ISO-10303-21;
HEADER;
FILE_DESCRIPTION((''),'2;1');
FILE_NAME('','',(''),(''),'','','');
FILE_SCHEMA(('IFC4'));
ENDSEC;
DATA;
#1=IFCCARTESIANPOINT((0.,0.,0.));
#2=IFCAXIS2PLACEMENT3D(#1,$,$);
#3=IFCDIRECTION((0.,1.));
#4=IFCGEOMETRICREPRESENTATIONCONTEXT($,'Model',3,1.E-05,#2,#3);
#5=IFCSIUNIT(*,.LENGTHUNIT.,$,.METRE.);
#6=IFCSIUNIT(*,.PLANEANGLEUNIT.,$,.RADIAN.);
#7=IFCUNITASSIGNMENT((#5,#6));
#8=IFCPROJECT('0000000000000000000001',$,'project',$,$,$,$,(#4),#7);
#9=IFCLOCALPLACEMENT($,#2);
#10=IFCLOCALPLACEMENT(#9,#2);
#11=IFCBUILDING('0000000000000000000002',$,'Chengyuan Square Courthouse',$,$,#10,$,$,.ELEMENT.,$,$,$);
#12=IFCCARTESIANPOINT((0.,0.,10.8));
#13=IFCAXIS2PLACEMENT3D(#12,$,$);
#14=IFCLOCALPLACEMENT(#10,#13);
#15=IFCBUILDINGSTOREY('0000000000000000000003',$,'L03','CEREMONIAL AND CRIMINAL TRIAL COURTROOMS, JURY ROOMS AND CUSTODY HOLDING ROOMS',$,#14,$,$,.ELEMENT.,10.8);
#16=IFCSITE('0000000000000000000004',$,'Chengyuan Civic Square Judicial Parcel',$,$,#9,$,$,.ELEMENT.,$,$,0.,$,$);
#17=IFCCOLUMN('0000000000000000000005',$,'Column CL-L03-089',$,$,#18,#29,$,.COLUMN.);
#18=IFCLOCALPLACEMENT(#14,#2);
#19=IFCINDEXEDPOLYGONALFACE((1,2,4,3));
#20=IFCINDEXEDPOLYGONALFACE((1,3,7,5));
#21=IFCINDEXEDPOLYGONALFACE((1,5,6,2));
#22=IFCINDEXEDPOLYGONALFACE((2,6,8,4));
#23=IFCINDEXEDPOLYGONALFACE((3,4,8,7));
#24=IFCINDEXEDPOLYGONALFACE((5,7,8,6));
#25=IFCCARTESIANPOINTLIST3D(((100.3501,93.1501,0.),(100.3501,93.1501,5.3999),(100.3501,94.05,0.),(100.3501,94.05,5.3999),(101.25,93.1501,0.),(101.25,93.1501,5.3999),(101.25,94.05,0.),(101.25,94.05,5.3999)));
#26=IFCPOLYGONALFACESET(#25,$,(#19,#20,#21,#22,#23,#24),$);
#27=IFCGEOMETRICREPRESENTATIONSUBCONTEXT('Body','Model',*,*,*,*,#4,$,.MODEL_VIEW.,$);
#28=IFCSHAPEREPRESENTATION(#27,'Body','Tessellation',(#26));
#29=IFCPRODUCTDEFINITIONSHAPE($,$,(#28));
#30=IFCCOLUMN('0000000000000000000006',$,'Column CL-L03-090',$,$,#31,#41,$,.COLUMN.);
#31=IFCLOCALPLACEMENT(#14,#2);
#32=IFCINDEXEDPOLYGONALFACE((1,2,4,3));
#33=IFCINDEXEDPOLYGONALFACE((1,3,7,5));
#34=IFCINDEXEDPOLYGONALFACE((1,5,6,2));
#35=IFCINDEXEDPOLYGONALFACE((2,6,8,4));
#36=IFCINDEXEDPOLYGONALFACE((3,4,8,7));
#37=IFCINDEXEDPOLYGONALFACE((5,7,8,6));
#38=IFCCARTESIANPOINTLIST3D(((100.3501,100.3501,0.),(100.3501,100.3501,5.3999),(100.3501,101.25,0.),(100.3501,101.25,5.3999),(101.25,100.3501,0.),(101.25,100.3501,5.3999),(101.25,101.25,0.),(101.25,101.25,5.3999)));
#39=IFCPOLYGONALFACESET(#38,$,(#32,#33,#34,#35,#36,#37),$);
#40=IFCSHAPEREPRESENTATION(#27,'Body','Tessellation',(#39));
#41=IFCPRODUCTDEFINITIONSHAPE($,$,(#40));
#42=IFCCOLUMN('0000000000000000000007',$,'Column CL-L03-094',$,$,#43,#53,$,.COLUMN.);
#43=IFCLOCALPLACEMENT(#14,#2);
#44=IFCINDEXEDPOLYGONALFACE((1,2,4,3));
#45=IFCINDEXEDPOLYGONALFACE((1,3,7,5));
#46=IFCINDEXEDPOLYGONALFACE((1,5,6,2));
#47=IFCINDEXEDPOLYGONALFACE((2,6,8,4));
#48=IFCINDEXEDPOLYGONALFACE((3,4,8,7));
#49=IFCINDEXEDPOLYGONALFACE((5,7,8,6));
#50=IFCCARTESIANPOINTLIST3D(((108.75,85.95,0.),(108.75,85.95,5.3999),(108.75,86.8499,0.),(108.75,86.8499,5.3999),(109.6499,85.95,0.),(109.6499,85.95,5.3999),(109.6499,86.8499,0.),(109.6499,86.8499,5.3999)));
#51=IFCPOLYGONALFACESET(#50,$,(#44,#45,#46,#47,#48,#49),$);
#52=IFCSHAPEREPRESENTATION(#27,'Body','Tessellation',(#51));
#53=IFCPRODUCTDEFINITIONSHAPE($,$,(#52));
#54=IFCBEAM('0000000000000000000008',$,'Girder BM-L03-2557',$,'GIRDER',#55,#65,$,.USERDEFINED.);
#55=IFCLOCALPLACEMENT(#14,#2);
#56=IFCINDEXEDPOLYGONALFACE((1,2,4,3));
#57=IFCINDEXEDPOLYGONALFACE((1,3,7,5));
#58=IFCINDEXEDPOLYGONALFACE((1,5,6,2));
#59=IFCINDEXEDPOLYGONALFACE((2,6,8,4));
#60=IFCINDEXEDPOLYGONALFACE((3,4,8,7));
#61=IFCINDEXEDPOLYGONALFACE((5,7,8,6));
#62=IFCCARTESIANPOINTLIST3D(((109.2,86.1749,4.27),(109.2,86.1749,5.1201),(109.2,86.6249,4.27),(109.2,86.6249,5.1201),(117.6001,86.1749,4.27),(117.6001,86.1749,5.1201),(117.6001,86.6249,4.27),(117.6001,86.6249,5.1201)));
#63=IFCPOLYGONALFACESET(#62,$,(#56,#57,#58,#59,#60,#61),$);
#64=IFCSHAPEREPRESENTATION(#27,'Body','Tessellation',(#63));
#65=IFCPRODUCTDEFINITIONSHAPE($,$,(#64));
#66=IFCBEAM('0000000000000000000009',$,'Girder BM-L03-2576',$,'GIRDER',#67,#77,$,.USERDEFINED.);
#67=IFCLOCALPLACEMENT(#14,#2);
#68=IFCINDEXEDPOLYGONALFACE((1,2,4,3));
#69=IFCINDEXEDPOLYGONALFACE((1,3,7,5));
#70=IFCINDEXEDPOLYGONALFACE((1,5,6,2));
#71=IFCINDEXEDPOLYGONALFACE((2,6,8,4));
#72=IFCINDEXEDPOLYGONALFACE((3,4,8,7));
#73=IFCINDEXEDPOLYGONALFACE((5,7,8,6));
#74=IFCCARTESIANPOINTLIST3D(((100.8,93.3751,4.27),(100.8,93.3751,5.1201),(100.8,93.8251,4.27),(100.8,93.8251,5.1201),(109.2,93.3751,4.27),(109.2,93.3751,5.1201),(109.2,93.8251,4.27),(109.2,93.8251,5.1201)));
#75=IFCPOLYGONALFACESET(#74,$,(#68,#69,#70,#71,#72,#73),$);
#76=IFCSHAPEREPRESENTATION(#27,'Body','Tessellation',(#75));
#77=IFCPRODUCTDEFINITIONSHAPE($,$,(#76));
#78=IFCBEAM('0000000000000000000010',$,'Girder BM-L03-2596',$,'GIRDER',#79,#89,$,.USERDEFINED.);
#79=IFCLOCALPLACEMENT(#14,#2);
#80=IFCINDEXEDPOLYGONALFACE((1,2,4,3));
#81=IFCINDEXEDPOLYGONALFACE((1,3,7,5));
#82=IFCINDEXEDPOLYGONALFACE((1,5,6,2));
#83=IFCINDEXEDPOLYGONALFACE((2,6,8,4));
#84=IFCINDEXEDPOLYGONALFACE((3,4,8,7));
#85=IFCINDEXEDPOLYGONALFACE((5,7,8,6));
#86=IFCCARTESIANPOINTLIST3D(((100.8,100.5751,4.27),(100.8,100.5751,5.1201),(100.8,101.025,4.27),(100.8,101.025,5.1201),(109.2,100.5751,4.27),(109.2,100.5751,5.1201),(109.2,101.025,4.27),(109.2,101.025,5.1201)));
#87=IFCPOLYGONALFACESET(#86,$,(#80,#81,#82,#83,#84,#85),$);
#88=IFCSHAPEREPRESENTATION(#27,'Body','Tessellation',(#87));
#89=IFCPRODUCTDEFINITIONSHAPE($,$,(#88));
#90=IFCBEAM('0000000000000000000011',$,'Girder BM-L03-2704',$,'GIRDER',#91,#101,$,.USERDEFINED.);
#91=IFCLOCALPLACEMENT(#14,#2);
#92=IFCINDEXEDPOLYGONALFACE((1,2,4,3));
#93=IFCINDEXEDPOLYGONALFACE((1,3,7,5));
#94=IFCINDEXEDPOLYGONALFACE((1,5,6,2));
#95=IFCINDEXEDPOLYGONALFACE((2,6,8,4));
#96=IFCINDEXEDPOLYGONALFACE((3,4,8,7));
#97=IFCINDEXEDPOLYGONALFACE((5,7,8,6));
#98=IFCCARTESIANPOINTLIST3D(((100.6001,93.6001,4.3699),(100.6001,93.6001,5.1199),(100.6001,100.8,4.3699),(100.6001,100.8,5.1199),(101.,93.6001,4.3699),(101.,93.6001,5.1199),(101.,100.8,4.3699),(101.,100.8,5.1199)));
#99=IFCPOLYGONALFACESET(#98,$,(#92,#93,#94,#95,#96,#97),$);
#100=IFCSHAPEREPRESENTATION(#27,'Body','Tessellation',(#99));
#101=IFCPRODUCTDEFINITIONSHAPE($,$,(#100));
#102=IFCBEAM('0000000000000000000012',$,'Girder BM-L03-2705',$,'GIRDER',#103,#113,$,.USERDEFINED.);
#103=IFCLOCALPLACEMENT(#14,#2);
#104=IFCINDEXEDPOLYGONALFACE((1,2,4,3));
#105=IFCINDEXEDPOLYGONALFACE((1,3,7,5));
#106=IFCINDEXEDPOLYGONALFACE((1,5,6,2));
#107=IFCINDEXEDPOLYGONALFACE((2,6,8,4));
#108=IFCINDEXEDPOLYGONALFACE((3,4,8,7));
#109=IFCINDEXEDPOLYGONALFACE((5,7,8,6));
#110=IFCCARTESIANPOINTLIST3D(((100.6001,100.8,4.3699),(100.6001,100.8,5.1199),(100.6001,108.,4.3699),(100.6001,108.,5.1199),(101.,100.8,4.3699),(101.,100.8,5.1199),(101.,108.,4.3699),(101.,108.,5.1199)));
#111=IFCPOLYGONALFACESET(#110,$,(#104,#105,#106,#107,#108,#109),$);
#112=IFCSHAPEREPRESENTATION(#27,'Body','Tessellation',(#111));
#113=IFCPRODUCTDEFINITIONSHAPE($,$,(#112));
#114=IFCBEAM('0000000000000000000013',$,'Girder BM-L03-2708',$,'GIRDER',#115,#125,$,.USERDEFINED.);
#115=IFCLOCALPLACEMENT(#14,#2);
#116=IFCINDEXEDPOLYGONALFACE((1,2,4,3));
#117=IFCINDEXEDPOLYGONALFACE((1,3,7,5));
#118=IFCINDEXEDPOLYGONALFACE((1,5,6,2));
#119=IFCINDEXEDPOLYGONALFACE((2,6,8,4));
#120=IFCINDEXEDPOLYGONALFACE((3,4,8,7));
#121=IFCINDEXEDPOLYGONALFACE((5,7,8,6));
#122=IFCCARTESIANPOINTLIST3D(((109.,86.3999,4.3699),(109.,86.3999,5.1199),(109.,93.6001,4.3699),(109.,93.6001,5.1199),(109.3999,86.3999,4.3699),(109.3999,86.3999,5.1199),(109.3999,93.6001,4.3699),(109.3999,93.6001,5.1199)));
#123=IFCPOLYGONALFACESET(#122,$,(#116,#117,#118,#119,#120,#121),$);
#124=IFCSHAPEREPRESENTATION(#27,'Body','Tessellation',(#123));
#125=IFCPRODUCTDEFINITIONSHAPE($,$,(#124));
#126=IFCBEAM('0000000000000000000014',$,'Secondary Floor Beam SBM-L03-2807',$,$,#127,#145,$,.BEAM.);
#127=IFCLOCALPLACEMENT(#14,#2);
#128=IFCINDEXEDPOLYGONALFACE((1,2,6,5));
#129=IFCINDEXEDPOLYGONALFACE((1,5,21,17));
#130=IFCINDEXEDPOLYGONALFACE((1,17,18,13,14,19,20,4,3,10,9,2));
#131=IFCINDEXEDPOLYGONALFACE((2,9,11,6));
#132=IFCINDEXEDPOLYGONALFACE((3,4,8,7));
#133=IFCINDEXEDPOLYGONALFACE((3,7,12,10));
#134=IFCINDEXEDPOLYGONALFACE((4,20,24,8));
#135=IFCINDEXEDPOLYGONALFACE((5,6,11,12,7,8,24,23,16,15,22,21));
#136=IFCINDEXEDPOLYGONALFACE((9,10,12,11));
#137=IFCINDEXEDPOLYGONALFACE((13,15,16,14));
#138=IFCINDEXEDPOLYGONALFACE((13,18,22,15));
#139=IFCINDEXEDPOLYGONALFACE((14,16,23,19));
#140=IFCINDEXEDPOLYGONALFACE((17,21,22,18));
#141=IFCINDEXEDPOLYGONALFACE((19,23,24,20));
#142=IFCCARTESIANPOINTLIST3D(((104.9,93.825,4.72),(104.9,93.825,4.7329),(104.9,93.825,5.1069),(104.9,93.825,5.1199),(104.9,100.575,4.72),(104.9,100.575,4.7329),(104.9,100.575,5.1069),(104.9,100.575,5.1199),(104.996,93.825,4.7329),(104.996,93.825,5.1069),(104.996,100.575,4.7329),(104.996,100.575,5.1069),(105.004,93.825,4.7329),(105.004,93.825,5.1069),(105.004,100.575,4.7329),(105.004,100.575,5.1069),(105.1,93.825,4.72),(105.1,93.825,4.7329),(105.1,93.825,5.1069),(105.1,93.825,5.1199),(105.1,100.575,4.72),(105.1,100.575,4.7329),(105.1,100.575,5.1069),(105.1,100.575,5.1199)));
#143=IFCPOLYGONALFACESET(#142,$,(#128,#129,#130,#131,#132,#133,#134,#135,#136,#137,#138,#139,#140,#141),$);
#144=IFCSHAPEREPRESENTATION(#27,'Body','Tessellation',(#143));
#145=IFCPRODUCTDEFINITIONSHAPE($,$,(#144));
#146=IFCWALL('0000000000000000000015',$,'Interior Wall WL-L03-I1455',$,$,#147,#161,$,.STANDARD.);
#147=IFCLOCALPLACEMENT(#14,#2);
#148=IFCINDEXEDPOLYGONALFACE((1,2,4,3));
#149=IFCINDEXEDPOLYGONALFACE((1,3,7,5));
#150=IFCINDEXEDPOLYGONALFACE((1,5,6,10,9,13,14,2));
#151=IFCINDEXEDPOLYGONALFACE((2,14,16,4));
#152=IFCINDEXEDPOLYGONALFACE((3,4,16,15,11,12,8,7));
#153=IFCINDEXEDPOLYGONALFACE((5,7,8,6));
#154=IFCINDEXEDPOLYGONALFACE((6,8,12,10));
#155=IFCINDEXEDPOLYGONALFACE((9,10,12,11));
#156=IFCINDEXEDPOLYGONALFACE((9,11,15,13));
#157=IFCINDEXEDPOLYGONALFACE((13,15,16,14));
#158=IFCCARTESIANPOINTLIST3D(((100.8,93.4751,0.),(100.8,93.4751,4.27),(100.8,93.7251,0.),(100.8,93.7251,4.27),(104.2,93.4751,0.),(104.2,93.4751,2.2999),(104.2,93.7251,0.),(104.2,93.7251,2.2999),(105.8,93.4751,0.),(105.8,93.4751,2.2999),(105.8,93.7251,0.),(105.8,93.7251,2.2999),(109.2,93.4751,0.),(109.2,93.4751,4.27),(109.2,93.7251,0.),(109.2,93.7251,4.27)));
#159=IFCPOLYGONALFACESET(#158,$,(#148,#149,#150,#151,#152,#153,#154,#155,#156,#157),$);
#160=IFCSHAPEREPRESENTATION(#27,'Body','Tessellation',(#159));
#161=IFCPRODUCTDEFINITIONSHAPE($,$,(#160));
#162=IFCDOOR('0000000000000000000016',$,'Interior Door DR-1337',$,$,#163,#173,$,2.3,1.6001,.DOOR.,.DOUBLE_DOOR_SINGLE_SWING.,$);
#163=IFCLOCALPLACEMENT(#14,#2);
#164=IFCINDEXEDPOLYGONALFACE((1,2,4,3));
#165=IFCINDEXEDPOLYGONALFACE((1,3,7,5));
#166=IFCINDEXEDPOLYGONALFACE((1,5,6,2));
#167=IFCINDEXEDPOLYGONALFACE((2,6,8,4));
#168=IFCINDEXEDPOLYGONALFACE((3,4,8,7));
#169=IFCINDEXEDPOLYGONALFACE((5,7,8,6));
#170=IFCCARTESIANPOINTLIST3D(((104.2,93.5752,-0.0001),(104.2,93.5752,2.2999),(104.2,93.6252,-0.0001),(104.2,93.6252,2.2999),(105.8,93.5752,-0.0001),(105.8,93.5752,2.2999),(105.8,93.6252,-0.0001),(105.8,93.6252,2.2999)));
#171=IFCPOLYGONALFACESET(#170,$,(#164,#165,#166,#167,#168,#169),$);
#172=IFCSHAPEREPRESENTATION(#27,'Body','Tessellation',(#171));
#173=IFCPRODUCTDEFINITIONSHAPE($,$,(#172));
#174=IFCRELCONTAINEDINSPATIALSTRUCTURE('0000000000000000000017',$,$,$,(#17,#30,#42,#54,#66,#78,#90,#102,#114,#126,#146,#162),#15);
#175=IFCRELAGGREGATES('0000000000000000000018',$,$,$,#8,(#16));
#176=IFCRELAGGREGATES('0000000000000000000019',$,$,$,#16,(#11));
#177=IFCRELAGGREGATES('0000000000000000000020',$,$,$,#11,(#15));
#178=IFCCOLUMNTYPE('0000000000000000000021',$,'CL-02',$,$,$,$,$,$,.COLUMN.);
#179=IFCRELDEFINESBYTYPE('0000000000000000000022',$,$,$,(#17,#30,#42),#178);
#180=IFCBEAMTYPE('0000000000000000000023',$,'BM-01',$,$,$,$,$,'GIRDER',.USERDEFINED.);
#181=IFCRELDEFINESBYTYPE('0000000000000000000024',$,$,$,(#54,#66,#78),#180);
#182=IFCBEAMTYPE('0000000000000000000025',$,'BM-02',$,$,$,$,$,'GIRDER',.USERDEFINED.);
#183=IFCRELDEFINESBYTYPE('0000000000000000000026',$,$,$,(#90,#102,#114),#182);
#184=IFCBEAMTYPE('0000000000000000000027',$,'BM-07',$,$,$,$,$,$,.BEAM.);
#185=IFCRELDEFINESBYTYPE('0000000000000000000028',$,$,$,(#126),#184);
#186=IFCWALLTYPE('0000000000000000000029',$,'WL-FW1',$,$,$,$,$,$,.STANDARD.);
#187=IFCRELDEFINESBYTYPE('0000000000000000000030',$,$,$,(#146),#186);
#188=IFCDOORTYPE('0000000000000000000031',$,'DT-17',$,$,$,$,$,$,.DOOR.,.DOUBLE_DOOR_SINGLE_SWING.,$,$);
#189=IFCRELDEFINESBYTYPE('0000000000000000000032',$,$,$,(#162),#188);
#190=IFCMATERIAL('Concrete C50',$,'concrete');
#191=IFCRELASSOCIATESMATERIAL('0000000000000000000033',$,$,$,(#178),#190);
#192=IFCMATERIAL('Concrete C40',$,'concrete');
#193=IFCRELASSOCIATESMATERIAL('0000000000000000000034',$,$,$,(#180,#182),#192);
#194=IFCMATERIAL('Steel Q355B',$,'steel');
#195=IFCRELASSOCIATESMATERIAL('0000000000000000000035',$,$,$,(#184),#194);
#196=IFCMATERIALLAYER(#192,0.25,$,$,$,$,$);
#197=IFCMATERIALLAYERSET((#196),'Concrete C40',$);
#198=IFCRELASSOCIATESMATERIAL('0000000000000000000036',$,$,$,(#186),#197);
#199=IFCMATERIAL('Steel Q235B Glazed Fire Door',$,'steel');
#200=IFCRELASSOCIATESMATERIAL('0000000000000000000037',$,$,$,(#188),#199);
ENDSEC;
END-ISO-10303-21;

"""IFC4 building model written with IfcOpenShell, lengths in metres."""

from ifc_helpers import new_model, si_unit, direction, frame, frame_2d, origin, origin_2d, place, context, subcontext, project, spatial, rectangle, i_section, extrude, material, layer, layer_set, material_profile, profile_set, type_object, element, fill, save


model = new_model("IFC4")

# Units and contexts
model_context = context("Model", 3, precision=1e-05, world=origin(), true_north=direction((0.0, 1.0)))
body_context = subcontext(model_context, "Body", "Model", "MODEL_VIEW")
ifc_project = project(units=[si_unit("LENGTHUNIT", "METRE"), si_unit("PLANEANGLEUNIT", "RADIAN")], contexts=[model_context])

# Site, building, storey
site_placement = place(None, origin())
site = spatial("IfcSite", under=ifc_project, at=site_placement, Name="Chengyuan Civic Square Judicial Parcel", CompositionType="ELEMENT", RefElevation=0.0)
building_placement = place(site_placement, origin())
building = spatial("IfcBuilding", under=site, at=building_placement, Name="Chengyuan Square Courthouse", CompositionType="ELEMENT")
storey_placement = place(building_placement, frame((0.0, 0.0, 10.8)))
storey = spatial("IfcBuildingStorey", under=building, at=storey_placement, Name="L03", Description="CEREMONIAL AND CRIMINAL TRIAL COURTROOMS, JURY ROOMS AND CUSTODY HOLDING ROOMS", CompositionType="ELEMENT", Elevation=10.8)

# Columns
ifc_material_1 = material(Name="Concrete C50", Category="concrete")
ifc_material_profile_1 = material_profile(ifc_material_1, rectangle(XDim=0.8999, YDim=0.8999, at=origin_2d()), Name="RC-COL-900x900")
ifc_profile_set_1 = profile_set([ifc_material_profile_1], Name="Concrete C50")
column_type = type_object("IfcColumnType", Name="CL-02", PredefinedType="COLUMN", material=ifc_profile_set_1)
for number, where, z_axis, x_axis, name in (
    (1, (100.8, 93.6001, 0.0), (0.0, 0.0, 1.0), (1.0, 0.0, 0.0), "Column CL-L03-089"),
    (2, (100.8, 100.8, 0.0), (0.0, 0.0, 1.0), (1.0, 0.0, 0.0), "Column CL-L03-090"),
    (3, (109.2, 86.3999, 0.0), (0.0, 0.0, 1.0), (1.0, 0.0, 0.0), "Column CL-L03-094"),
):
    element("IfcColumn", number, at=place(storey_placement, frame(where, z_axis=z_axis, x_axis=x_axis)), inside=storey, type_object=column_type, Name=name, PredefinedType="COLUMN", context=body_context, shape_type="SweptSolid", body=[
        extrude(rectangle(XDim=0.8999, YDim=0.8999, at=origin_2d()), origin(), (0.0, 0.0, 1.0), 5.3999),
    ])

# Beams
ifc_material_2 = material(Name="Concrete C40", Category="concrete")
ifc_material_profile_2 = material_profile(ifc_material_2, rectangle(XDim=0.45, YDim=0.8501, at=origin_2d()), Name="RC-BM-450x850")
ifc_profile_set_2 = profile_set([ifc_material_profile_2], Name="Concrete C40")
beam_type_1 = type_object("IfcBeamType", Name="BM-01", ElementType="GIRDER", PredefinedType="USERDEFINED", material=ifc_profile_set_2)
beam_1_placement = place(storey_placement, frame((109.2, 86.3999, 4.6951), z_axis=(1.0, 0.0, 0.0), x_axis=(0.0, 1.0, 0.0)))
element("IfcBeam", 4, at=beam_1_placement, inside=storey, type_object=beam_type_1, Name="Girder BM-L03-2557", ObjectType="GIRDER", PredefinedType="USERDEFINED", context=body_context, shape_type="SweptSolid", body=[
    extrude(rectangle(XDim=0.45, YDim=0.8501, at=origin_2d()), origin(), (0.0, 0.0, 1.0), 8.4001),
])
for number, where, z_axis, x_axis, name in (
    (5, (100.8, 93.6001, 4.6951), (1.0, 0.0, 0.0), (0.0, 1.0, 0.0), "Girder BM-L03-2576"),
    (6, (100.8, 100.8, 4.6951), (1.0, 0.0, 0.0), (0.0, 1.0, 0.0), "Girder BM-L03-2596"),
):
    element("IfcBeam", number, at=place(storey_placement, frame(where, z_axis=z_axis, x_axis=x_axis)), inside=storey, type_object=beam_type_1, Name=name, ObjectType="GIRDER", PredefinedType="USERDEFINED", context=body_context, shape_type="SweptSolid", body=[
        extrude(rectangle(XDim=0.45, YDim=0.8501, at=origin_2d()), origin(), (0.0, 0.0, 1.0), 8.3999),
    ])
ifc_material_profile_3 = material_profile(ifc_material_2, rectangle(XDim=0.3999, YDim=0.75, at=origin_2d()), Name="RC-BM-400x750")
ifc_profile_set_3 = profile_set([ifc_material_profile_3], Name="Concrete C40")
beam_type_2 = type_object("IfcBeamType", Name="BM-02", ElementType="GIRDER", PredefinedType="USERDEFINED", material=ifc_profile_set_3)
for number, where, z_axis, x_axis, name in (
    (7, (100.8, 93.6001, 4.7449), (0.0, 1.0, 0.0), (-1.0, 0.0, 0.0), "Girder BM-L03-2704"),
    (8, (100.8, 100.8, 4.7449), (0.0, 1.0, 0.0), (-1.0, 0.0, 0.0), "Girder BM-L03-2705"),
):
    element("IfcBeam", number, at=place(storey_placement, frame(where, z_axis=z_axis, x_axis=x_axis)), inside=storey, type_object=beam_type_2, Name=name, ObjectType="GIRDER", PredefinedType="USERDEFINED", context=body_context, shape_type="SweptSolid", body=[
        extrude(rectangle(XDim=0.3999, YDim=0.75, at=origin_2d()), origin(), (0.0, 0.0, 1.0), 7.2),
    ])
beam_2_placement = place(storey_placement, frame((109.2, 86.3999, 4.7449), z_axis=(0.0, 1.0, 0.0), x_axis=(-1.0, 0.0, 0.0)))
element("IfcBeam", 9, at=beam_2_placement, inside=storey, type_object=beam_type_2, Name="Girder BM-L03-2708", ObjectType="GIRDER", PredefinedType="USERDEFINED", context=body_context, shape_type="SweptSolid", body=[
    extrude(rectangle(XDim=0.3999, YDim=0.75, at=origin_2d()), origin(), (0.0, 0.0, 1.0), 7.2002),
])
ifc_material_3 = material(Name="Steel Q355B", Category="steel")
ifc_material_profile_4 = material_profile(ifc_material_3, i_section(OverallWidth=0.2, OverallDepth=0.3999, WebThickness=0.0081, FlangeThickness=0.0129, at=origin_2d()), Name="HN 400x200x8x13")
ifc_profile_set_4 = profile_set([ifc_material_profile_4], Name="Steel Q355B")
beam_type_3 = type_object("IfcBeamType", Name="BM-07", PredefinedType="BEAM", material=ifc_profile_set_4)
beam_3_placement = place(storey_placement, frame((105.0, 93.825, 4.9199), z_axis=(0.0, 1.0, 0.0), x_axis=(-1.0, 0.0, 0.0)))
element("IfcBeam", 10, at=beam_3_placement, inside=storey, type_object=beam_type_3, Name="Secondary Floor Beam SBM-L03-2807", PredefinedType="BEAM", context=body_context, shape_type="SweptSolid", body=[
    extrude(i_section(OverallWidth=0.2, OverallDepth=0.3999, WebThickness=0.0081, FlangeThickness=0.0129, at=origin_2d()), origin(), (0.0, 0.0, 1.0), 6.75),
])

# Wall, opening, door
ifc_layer_1 = layer(ifc_material_2, 0.25)
ifc_layer_set_1 = layer_set([ifc_layer_1], Name="Concrete C40")
wall_type_1 = type_object("IfcWallType", Name="WL-FW1", PredefinedType="STANDARD", material=ifc_layer_set_1)
wall_1_placement = place(storey_placement, frame((100.8, 93.6001, 0.0), z_axis=(0.0, 0.0, 1.0), x_axis=(1.0, 0.0, 0.0)))
wall_1 = element("IfcWall", 11, at=wall_1_placement, inside=storey, type_object=wall_type_1, Name="Interior Wall WL-L03-I1455", PredefinedType="STANDARD", context=body_context, shape_type="SweptSolid", body=[
    extrude(rectangle(XDim=8.3999, YDim=0.25, at=frame_2d((4.2, 0.0))), origin(), (0.0, 0.0, 1.0), 4.27),
])
opening_1_placement = place(wall_1_placement, frame((3.3999, 0.0, 0.0)))
opening_1 = element("IfcOpeningElement", 12, at=opening_1_placement, cuts=wall_1, PredefinedType="OPENING", context=body_context, shape_type="SweptSolid", body=[
    extrude(rectangle(XDim=1.6001, YDim=2.3, at=frame_2d((0.8, 1.1499))), frame((0.0, 0.137, 0.0), z_axis=(0.0, -1.0, 0.0), x_axis=(1.0, 0.0, 0.0)), (0.0, 0.0, 1.0), 0.2739),
])
ifc_material_4 = material(Name="Steel Q235B Glazed Fire Door", Category="steel")
door_type_1 = type_object("IfcDoorType", Name="DT-17", OperationType="DOUBLE_DOOR_SINGLE_SWING", PredefinedType="DOOR", material=ifc_material_4)
door_1_placement = place(opening_1_placement, frame((1.6001, 0.0, 0.0), z_axis=(0.0, 0.0, 1.0), x_axis=(-1.0, 0.0, 0.0)))
door_1 = element("IfcDoor", 13, at=door_1_placement, inside=storey, type_object=door_type_1, Name="Interior Door DR-1337", OperationType="DOUBLE_DOOR_SINGLE_SWING", OverallHeight=2.3, OverallWidth=1.6001, PredefinedType="DOOR", context=body_context, shape_type="SweptSolid", body=[
    extrude(rectangle(XDim=1.6001, YDim=2.3, at=frame_2d((0.8, 1.1499))), frame((0.0, 0.0249, 0.0), z_axis=(0.0, -1.0, 0.0), x_axis=(1.0, 0.0, 0.0)), (0.0, 0.0, 1.0), 0.05),
])
fill(opening_1, door_1)

save(model, "model.ifc")
